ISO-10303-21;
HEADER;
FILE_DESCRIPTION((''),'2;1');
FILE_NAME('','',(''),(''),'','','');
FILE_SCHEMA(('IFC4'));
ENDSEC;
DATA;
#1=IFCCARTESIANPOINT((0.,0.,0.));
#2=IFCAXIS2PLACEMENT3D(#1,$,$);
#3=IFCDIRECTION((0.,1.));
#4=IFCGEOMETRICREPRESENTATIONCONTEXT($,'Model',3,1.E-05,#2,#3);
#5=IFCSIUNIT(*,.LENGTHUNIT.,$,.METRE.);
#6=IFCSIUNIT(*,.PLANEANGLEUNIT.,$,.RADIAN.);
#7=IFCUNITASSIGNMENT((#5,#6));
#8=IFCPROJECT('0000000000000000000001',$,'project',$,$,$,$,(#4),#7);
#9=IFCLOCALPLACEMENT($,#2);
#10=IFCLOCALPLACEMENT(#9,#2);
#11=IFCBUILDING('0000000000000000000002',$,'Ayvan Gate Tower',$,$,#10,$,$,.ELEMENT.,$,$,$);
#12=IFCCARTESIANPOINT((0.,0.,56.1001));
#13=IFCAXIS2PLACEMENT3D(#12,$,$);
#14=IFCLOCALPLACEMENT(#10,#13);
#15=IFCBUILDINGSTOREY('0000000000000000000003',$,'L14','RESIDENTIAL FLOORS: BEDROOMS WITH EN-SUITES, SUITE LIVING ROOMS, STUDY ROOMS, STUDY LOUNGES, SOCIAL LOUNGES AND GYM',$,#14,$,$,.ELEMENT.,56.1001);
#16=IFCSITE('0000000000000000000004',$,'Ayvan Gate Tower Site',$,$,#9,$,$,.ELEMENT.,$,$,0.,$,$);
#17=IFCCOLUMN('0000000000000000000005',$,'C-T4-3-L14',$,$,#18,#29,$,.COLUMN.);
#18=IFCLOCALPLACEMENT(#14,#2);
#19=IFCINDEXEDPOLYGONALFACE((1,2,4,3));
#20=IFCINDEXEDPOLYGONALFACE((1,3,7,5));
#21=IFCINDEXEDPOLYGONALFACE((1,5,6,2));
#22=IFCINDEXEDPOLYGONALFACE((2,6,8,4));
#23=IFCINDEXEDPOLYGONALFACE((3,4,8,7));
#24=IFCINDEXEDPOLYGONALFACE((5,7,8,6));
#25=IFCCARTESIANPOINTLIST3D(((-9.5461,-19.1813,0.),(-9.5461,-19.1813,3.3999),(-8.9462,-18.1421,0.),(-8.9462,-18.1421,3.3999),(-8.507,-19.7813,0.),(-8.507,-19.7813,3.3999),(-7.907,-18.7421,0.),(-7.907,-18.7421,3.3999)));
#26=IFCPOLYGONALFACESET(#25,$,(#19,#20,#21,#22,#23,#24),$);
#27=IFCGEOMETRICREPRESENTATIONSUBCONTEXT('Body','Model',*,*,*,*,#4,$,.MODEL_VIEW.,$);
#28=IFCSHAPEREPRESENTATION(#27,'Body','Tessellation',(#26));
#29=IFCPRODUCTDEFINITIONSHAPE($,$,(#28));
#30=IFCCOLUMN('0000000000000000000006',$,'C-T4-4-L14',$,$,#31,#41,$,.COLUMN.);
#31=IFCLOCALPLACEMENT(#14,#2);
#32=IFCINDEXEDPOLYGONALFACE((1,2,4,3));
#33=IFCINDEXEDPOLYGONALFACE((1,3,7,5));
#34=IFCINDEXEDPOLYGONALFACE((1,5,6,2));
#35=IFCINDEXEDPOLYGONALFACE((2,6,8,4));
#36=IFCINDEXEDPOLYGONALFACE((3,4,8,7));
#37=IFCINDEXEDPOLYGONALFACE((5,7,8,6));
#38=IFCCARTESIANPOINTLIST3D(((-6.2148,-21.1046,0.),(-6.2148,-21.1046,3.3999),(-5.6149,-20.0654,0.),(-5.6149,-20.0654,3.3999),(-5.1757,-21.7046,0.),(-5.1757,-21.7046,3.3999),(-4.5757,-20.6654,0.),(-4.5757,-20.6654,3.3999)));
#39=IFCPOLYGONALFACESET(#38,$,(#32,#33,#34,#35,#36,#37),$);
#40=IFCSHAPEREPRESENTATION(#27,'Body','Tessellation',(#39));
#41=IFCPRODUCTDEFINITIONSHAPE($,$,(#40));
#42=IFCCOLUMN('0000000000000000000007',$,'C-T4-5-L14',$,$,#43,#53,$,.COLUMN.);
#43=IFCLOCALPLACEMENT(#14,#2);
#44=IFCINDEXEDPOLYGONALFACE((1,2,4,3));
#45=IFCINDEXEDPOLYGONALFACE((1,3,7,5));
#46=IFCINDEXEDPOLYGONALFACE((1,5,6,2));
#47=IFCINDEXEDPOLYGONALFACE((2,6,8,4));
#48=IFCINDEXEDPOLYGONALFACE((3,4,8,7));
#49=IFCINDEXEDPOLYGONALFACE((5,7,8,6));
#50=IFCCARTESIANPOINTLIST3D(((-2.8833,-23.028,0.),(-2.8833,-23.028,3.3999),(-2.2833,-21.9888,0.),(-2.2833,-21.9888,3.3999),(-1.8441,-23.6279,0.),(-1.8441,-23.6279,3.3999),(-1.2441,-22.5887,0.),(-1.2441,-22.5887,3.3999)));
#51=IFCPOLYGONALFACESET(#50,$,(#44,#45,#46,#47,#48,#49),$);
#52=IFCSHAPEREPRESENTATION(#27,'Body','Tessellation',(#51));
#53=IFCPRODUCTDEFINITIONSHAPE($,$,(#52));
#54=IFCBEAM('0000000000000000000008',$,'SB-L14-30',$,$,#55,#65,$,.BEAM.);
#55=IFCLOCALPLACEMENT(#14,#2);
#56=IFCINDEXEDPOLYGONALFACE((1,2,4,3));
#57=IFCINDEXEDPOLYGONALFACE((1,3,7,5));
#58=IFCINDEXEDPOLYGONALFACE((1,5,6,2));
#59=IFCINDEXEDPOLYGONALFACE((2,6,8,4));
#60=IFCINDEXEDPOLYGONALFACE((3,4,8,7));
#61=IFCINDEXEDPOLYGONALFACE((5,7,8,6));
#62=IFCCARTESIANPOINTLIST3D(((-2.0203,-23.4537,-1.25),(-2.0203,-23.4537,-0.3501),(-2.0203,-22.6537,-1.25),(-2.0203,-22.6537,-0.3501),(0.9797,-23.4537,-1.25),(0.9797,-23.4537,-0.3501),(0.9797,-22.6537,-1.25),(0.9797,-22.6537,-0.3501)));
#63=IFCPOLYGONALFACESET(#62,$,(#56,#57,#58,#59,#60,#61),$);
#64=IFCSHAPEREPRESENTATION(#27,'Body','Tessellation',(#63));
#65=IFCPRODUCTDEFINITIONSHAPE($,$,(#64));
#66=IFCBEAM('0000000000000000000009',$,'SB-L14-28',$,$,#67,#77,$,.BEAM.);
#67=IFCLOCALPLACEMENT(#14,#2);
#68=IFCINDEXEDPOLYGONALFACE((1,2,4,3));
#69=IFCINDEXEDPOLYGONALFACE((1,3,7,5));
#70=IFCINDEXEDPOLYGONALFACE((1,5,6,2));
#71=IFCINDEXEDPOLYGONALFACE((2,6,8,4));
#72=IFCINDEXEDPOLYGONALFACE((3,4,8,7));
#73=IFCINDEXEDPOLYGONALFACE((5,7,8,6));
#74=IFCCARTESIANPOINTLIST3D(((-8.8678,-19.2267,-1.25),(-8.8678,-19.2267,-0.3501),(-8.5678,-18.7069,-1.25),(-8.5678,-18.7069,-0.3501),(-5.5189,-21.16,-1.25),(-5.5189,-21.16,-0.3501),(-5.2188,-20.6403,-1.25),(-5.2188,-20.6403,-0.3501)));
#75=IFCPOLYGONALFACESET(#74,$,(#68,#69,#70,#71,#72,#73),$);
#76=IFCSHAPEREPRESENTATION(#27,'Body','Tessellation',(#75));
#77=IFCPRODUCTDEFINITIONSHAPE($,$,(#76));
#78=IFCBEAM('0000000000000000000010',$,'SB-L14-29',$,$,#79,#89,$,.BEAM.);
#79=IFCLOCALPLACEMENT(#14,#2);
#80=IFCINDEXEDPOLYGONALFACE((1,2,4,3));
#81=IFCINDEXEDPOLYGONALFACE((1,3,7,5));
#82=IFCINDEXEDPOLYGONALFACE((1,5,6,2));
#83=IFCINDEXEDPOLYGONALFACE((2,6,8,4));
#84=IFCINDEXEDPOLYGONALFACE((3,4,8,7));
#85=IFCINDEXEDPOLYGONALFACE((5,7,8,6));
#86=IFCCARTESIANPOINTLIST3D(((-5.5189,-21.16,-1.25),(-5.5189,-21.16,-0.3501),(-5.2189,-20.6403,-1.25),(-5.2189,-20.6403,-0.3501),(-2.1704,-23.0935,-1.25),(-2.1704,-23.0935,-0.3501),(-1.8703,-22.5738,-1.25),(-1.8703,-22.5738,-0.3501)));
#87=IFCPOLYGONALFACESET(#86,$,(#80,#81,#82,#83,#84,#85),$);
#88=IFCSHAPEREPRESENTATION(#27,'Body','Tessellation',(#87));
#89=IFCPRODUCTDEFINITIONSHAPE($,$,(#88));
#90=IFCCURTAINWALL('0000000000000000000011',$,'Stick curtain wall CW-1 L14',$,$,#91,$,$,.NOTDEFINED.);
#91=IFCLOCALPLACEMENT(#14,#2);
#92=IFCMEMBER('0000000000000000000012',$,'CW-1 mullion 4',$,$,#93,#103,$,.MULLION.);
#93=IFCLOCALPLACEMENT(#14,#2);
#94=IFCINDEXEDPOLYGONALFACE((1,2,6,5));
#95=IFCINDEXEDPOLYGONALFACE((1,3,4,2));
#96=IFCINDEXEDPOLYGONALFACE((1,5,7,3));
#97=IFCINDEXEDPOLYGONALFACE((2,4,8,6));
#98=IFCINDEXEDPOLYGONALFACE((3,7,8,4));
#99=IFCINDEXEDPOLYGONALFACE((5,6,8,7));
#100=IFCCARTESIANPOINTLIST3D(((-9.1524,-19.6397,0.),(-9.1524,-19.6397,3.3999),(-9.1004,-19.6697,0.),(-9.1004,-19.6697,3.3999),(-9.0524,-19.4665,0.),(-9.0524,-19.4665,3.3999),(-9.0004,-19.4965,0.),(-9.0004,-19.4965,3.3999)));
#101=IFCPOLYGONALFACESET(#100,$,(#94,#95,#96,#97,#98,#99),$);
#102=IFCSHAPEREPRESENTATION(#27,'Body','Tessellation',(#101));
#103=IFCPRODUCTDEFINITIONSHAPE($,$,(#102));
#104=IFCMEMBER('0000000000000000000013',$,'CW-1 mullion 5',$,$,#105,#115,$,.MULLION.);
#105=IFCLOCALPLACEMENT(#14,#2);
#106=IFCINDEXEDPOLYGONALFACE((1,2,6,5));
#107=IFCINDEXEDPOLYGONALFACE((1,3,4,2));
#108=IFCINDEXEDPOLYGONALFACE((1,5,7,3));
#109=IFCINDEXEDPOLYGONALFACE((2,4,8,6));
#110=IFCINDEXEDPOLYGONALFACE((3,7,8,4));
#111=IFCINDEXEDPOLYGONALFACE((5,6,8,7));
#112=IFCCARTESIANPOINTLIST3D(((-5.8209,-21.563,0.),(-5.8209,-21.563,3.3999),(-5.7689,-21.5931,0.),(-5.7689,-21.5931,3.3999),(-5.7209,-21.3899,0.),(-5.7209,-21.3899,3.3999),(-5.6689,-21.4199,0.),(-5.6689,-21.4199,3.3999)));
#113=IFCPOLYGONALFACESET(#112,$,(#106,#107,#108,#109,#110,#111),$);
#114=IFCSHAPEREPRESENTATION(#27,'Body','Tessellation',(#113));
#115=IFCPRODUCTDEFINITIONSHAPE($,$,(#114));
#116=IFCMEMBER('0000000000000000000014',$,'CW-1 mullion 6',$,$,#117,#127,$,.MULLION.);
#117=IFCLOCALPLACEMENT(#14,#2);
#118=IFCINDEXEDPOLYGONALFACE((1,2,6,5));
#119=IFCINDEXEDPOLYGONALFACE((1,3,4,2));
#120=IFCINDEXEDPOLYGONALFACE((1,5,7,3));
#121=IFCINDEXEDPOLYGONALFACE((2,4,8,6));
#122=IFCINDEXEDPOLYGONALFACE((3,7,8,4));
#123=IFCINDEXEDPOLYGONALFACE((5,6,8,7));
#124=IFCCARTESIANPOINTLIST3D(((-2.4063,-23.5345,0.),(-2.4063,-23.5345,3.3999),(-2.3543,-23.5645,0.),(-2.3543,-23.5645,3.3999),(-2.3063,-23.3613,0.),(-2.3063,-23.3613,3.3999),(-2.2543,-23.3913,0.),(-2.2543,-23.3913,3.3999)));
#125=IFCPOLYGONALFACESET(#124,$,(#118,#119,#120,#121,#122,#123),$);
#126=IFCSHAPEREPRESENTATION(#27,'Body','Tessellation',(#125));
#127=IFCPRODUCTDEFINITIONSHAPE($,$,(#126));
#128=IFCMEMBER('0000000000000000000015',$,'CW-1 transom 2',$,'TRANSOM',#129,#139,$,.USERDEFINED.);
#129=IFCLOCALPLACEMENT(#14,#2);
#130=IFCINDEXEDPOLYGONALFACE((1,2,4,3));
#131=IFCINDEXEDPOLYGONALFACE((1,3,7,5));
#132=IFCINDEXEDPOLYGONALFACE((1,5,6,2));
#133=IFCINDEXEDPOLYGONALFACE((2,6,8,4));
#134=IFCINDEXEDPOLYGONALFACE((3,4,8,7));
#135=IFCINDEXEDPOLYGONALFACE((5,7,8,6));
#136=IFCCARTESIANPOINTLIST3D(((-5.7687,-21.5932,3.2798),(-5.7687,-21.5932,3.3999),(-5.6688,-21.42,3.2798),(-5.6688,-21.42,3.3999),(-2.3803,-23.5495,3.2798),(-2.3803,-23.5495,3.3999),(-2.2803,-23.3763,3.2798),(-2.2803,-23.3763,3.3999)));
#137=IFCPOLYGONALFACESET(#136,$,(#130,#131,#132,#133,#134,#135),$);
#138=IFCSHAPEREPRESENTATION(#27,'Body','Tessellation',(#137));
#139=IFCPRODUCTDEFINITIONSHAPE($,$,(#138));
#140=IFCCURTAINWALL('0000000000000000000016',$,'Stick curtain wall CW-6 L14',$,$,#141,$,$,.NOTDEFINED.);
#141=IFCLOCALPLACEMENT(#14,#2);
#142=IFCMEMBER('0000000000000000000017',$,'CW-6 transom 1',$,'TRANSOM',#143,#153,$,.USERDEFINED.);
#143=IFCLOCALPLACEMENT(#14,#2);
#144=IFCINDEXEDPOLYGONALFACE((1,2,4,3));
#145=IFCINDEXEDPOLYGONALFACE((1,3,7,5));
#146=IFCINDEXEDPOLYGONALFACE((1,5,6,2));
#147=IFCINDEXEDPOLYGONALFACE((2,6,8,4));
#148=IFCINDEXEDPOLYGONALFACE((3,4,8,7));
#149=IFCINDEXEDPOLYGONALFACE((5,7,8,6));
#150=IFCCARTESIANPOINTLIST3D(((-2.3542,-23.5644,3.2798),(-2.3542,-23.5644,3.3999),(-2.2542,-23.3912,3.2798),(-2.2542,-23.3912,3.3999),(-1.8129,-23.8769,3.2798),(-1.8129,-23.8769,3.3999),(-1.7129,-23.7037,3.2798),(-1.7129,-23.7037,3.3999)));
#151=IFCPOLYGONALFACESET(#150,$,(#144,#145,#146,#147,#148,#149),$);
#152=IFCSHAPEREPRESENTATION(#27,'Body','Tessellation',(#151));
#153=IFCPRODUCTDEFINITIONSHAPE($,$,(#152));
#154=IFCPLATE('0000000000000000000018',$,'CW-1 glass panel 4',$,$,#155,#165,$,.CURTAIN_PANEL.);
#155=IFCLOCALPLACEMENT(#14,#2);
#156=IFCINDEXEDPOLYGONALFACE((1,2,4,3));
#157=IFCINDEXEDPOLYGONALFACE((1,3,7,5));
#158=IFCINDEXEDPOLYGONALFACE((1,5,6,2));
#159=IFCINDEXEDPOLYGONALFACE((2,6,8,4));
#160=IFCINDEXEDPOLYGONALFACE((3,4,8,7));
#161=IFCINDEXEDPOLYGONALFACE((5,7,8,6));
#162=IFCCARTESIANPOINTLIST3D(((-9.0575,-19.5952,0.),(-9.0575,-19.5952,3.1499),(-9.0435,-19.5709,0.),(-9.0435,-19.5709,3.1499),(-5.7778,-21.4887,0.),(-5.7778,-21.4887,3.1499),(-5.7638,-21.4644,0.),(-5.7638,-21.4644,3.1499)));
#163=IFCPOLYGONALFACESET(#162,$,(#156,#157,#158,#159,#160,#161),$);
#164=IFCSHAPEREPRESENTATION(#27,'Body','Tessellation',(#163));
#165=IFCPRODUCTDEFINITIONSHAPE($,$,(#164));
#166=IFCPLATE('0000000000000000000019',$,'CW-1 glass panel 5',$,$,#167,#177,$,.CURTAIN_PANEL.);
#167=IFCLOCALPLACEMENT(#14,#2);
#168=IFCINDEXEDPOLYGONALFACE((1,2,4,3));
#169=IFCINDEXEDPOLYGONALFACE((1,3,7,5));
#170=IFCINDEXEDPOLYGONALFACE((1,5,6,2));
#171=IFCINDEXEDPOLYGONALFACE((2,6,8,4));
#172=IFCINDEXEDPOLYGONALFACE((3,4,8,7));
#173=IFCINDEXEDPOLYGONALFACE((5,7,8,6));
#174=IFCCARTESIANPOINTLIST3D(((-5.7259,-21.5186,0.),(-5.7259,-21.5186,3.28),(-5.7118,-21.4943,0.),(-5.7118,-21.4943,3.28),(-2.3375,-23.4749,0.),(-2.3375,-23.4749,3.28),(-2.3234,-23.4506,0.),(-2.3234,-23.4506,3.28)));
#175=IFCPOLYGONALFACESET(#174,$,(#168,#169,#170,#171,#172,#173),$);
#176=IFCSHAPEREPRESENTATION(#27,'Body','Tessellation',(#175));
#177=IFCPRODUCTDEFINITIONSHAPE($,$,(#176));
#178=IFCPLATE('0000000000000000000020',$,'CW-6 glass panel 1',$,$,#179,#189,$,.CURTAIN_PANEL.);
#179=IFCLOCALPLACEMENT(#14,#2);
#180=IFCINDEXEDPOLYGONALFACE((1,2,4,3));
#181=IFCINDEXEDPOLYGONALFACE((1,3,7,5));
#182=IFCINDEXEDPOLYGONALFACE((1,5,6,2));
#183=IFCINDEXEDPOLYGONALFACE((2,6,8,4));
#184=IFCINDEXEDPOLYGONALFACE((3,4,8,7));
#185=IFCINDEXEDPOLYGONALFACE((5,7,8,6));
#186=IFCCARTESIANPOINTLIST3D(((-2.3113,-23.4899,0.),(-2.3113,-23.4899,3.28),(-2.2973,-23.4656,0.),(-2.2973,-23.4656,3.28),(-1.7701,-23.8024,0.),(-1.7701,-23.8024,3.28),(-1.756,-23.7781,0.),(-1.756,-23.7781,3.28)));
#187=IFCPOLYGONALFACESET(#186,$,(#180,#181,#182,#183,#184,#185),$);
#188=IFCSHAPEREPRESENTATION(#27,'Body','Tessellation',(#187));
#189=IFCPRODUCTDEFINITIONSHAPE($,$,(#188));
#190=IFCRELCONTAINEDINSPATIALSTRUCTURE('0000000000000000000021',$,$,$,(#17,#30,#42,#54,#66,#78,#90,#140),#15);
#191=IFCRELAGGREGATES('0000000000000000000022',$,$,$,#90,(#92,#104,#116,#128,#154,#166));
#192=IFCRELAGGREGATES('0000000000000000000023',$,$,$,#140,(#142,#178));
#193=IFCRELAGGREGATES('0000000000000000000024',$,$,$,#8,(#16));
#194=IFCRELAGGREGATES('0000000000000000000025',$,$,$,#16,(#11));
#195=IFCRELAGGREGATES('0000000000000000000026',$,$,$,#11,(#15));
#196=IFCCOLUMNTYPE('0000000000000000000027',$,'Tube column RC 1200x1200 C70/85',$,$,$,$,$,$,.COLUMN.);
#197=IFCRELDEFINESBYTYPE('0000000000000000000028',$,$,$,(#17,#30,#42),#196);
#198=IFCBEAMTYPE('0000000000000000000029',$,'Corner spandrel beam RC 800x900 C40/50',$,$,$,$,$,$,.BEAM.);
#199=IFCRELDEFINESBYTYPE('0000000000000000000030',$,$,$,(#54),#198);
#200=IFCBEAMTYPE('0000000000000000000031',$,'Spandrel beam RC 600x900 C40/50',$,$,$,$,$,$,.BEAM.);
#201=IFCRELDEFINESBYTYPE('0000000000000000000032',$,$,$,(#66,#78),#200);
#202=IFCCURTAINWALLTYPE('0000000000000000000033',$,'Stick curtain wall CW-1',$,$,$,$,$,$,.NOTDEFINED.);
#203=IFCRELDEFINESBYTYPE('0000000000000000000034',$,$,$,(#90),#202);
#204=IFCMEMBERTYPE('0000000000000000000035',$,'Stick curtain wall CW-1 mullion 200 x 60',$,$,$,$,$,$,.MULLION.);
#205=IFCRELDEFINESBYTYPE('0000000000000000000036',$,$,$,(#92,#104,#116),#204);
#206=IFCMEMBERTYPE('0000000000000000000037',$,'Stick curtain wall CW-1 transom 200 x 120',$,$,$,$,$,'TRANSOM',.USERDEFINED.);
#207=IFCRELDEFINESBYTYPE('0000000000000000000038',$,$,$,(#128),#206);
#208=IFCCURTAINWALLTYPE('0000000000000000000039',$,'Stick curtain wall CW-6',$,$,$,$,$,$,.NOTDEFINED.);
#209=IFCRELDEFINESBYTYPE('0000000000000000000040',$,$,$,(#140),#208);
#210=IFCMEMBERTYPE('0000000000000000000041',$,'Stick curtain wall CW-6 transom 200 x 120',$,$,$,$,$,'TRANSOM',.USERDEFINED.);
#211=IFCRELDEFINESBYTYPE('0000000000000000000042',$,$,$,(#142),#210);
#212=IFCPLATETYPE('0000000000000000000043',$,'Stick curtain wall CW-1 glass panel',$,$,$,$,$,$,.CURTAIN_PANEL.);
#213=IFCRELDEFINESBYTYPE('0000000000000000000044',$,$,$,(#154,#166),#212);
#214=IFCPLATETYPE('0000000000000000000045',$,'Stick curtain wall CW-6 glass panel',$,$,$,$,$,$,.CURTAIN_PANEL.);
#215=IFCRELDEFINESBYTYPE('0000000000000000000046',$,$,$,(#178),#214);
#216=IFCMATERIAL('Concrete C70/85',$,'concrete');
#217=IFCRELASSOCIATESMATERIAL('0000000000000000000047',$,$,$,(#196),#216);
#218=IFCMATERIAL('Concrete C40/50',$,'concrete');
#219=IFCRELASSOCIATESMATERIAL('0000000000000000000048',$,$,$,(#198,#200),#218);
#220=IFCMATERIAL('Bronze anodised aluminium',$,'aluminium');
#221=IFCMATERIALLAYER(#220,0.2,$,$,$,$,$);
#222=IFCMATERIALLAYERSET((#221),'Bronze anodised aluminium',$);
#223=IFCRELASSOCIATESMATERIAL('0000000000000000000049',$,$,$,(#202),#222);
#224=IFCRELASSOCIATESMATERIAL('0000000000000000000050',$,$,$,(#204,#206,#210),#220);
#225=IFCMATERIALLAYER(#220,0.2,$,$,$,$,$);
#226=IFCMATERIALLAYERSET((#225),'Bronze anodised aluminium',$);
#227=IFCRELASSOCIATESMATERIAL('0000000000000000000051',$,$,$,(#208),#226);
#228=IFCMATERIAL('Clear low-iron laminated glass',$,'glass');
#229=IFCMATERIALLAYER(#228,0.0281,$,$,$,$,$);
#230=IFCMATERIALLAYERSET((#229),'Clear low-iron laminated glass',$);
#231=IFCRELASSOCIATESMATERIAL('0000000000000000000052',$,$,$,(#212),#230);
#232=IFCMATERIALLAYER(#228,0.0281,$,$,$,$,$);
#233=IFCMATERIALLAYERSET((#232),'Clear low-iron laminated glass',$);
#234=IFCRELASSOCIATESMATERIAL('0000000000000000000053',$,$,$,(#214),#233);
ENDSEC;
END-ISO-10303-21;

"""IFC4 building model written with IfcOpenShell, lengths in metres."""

from ifc_helpers import new_model, si_unit, direction, frame, origin, origin_2d, place, context, subcontext, project, spatial, rectangle, extrude, material, layer, layer_set, material_profile, profile_set, type_object, element, aggregate, save


model = new_model("IFC4")

# Units and contexts
model_context = context("Model", 3, precision=1e-05, world=origin(), true_north=direction((0.0, 1.0)))
body_context = subcontext(model_context, "Body", "Model", "MODEL_VIEW")
ifc_project = project(units=[si_unit("LENGTHUNIT", "METRE"), si_unit("PLANEANGLEUNIT", "RADIAN")], contexts=[model_context])

# Site, building, storey
site_placement = place(None, origin())
site = spatial("IfcSite", under=ifc_project, at=site_placement, Name="Ayvan Gate Tower Site", CompositionType="ELEMENT", RefElevation=0.0)
building_placement = place(site_placement, origin())
building = spatial("IfcBuilding", under=site, at=building_placement, Name="Ayvan Gate Tower", CompositionType="ELEMENT")
storey_placement = place(building_placement, frame((0.0, 0.0, 56.1001)))
storey = spatial("IfcBuildingStorey", under=building, at=storey_placement, Name="L14", Description="RESIDENTIAL FLOORS: BEDROOMS WITH EN-SUITES, SUITE LIVING ROOMS, STUDY ROOMS, STUDY LOUNGES, SOCIAL LOUNGES AND GYM", CompositionType="ELEMENT", Elevation=56.1001)

# Columns
ifc_material_1 = material(Name="Concrete C70/85", Category="concrete")
ifc_material_profile_1 = material_profile(ifc_material_1, rectangle(XDim=1.2, YDim=1.2, at=origin_2d()), Name="RC 1200x1200")
ifc_profile_set_1 = profile_set([ifc_material_profile_1], Name="Concrete C70/85")
column_type = type_object("IfcColumnType", Name="Tube column RC 1200x1200 C70/85", PredefinedType="COLUMN", material=ifc_profile_set_1)
for number, where, z_axis, x_axis, name in (
    (1, (-8.7266, -18.9617, 0.0), (0.0, 0.0, 1.0), (-0.5, -0.866025, 0.0), "C-T4-3-L14"),
    (2, (-5.3953, -20.885, 0.0), (0.0, 0.0, 1.0), (-0.5, -0.866025, 0.0), "C-T4-4-L14"),
    (3, (-2.0637, -22.8083, 0.0), (0.0, 0.0, 1.0), (-0.5, -0.866025, 0.0), "C-T4-5-L14"),
):
    element("IfcColumn", number, at=place(storey_placement, frame(where, z_axis=z_axis, x_axis=x_axis)), inside=storey, type_object=column_type, Name=name, PredefinedType="COLUMN", context=body_context, shape_type="SweptSolid", body=[
        extrude(rectangle(XDim=1.2, YDim=1.2, at=origin_2d()), origin(), (0.0, 0.0, 1.0), 3.3999),
    ])

# Beams
ifc_material_2 = material(Name="Concrete C40/50", Category="concrete")
ifc_material_profile_2 = material_profile(ifc_material_2, rectangle(XDim=0.8, YDim=0.8999, at=origin_2d()), Name="RC 800x900")
ifc_profile_set_2 = profile_set([ifc_material_profile_2], Name="Concrete C40/50")
beam_type_1 = type_object("IfcBeamType", Name="Corner spandrel beam RC 800x900 C40/50", PredefinedType="BEAM", material=ifc_profile_set_2)
beam_1_placement = place(storey_placement, frame((-2.0203, -23.0537, -0.8), z_axis=(1.0, 0.0, 0.0), x_axis=(0.0, 1.0, 0.0)))
element("IfcBeam", 4, at=beam_1_placement, inside=storey, type_object=beam_type_1, Name="SB-L14-30", PredefinedType="BEAM", context=body_context, shape_type="SweptSolid", body=[
    extrude(rectangle(XDim=0.8, YDim=0.8999, at=origin_2d()), origin(), (0.0, 0.0, 1.0), 3.0),
])
ifc_material_profile_3 = material_profile(ifc_material_2, rectangle(XDim=0.6001, YDim=0.8999, at=origin_2d()), Name="RC 600x900")
ifc_profile_set_3 = profile_set([ifc_material_profile_3], Name="Concrete C40/50")
beam_type_2 = type_object("IfcBeamType", Name="Spandrel beam RC 600x900 C40/50", PredefinedType="BEAM", material=ifc_profile_set_3)
beam_2_placement = place(storey_placement, frame((-8.7178, -18.9668, -0.8), z_axis=(0.866039, -0.499976, 0.0), x_axis=(0.499976, 0.866039, 0.0)))
element("IfcBeam", 5, at=beam_2_placement, inside=storey, type_object=beam_type_2, Name="SB-L14-28", PredefinedType="BEAM", context=body_context, shape_type="SweptSolid", body=[
    extrude(rectangle(XDim=0.6001, YDim=0.8999, at=origin_2d()), origin(), (0.0, 0.0, 1.0), 3.8669),
])
beam_3_placement = place(storey_placement, frame((-5.3689, -20.9001, -0.8), z_axis=(0.865996, -0.50005, 0.0), x_axis=(0.50005, 0.865996, 0.0)))
element("IfcBeam", 6, at=beam_3_placement, inside=storey, type_object=beam_type_2, Name="SB-L14-29", PredefinedType="BEAM", context=body_context, shape_type="SweptSolid", body=[
    extrude(rectangle(XDim=0.6001, YDim=0.8999, at=origin_2d()), origin(), (0.0, 0.0, 1.0), 3.8667),
])

# Curtain wall, members
ifc_material_3 = material(Name="Bronze anodised aluminium", Category="aluminium")
ifc_layer_1 = layer(ifc_material_3, 0.2)
ifc_layer_set_1 = layer_set([ifc_layer_1], Name="Bronze anodised aluminium")
curtain_wall_type_1 = type_object("IfcCurtainWallType", Name="Stick curtain wall CW-1", PredefinedType="NOTDEFINED", material=ifc_layer_set_1)
curtain_wall_1_placement = place(storey_placement, origin())
curtain_wall_1 = element("IfcCurtainWall", 7, at=curtain_wall_1_placement, inside=storey, type_object=curtain_wall_type_1, Name="Stick curtain wall CW-1 L14", PredefinedType="NOTDEFINED")
ifc_material_profile_4 = material_profile(ifc_material_3, rectangle(XDim=0.2, YDim=0.0601, at=origin_2d()), Name="Stick curtain wall CW-1 mullion 200 x 60")
ifc_profile_set_4 = profile_set([ifc_material_profile_4], Name="Bronze anodised aluminium")
member_type_1 = type_object("IfcMemberType", Name="Stick curtain wall CW-1 mullion 200 x 60", PredefinedType="MULLION", material=ifc_profile_set_4)
member_1_placement = place(storey_placement, frame((-9.0764, -19.5681, 0.0), z_axis=(0.0, 0.0, 1.0), x_axis=(-0.5, -0.866025, 0.0)))
member_1 = element("IfcMember", 8, at=member_1_placement, type_object=member_type_1, Name="CW-1 mullion 4", PredefinedType="MULLION", context=body_context, shape_type="SweptSolid", body=[
    extrude(rectangle(XDim=0.2, YDim=0.0601, at=origin_2d()), origin(), (0.0, 0.0, 1.0), 3.3999),
])
member_2_placement = place(storey_placement, frame((-5.7449, -21.4915, 0.0), z_axis=(0.0, 0.0, 1.0), x_axis=(-0.5, -0.866025, 0.0)))
member_2 = element("IfcMember", 9, at=member_2_placement, type_object=member_type_1, Name="CW-1 mullion 5", PredefinedType="MULLION", context=body_context, shape_type="SweptSolid", body=[
    extrude(rectangle(XDim=0.2, YDim=0.0601, at=origin_2d()), origin(), (0.0, 0.0, 1.0), 3.3999),
])
member_3_placement = place(storey_placement, frame((-2.3303, -23.4629, 0.0), z_axis=(0.0, 0.0, 1.0), x_axis=(-0.5, -0.866025, 0.0)))
member_3 = element("IfcMember", 10, at=member_3_placement, type_object=member_type_1, Name="CW-1 mullion 6", PredefinedType="MULLION", context=body_context, shape_type="SweptSolid", body=[
    extrude(rectangle(XDim=0.2, YDim=0.0601, at=origin_2d()), origin(), (0.0, 0.0, 1.0), 3.3999),
])
ifc_material_profile_5 = material_profile(ifc_material_3, rectangle(XDim=0.2, YDim=0.1201, at=origin_2d()), Name="Stick curtain wall CW-1 transom 200 x 120")
ifc_profile_set_5 = profile_set([ifc_material_profile_5], Name="Bronze anodised aluminium")
member_type_2 = type_object("IfcMemberType", Name="Stick curtain wall CW-1 transom 200 x 120", ElementType="TRANSOM", PredefinedType="USERDEFINED", material=ifc_profile_set_5)
member_4_placement = place(storey_placement, frame((-5.7188, -21.5066, 3.3398), z_axis=(0.866027, -0.499998, 0.0), x_axis=(0.499998, 0.866027, 0.0)))
member_4 = element("IfcMember", 11, at=member_4_placement, type_object=member_type_2, Name="CW-1 transom 2", ObjectType="TRANSOM", PredefinedType="USERDEFINED", context=body_context, shape_type="SweptSolid", body=[
    extrude(rectangle(XDim=0.2, YDim=0.1201, at=origin_2d()), origin(), (0.0, 0.0, 1.0), 3.9126),
])

# Curtain wall, member
ifc_layer_2 = layer(ifc_material_3, 0.2)
ifc_layer_set_2 = layer_set([ifc_layer_2], Name="Bronze anodised aluminium")
curtain_wall_type_2 = type_object("IfcCurtainWallType", Name="Stick curtain wall CW-6", PredefinedType="NOTDEFINED", material=ifc_layer_set_2)
curtain_wall_2_placement = place(storey_placement, origin())
curtain_wall_2 = element("IfcCurtainWall", 12, at=curtain_wall_2_placement, inside=storey, type_object=curtain_wall_type_2, Name="Stick curtain wall CW-6 L14", PredefinedType="NOTDEFINED")
ifc_material_profile_6 = material_profile(ifc_material_3, rectangle(XDim=0.2, YDim=0.1201, at=origin_2d()), Name="Stick curtain wall CW-6 transom 200 x 120")
ifc_profile_set_6 = profile_set([ifc_material_profile_6], Name="Bronze anodised aluminium")
member_type_3 = type_object("IfcMemberType", Name="Stick curtain wall CW-6 transom 200 x 120", ElementType="TRANSOM", PredefinedType="USERDEFINED", material=ifc_profile_set_6)
member_5_placement = place(storey_placement, frame((-2.3042, -23.4778, 3.3398), z_axis=(0.866023, -0.500004, 0.0), x_axis=(0.500004, 0.866023, 0.0)))
member_5 = element("IfcMember", 13, at=member_5_placement, type_object=member_type_3, Name="CW-6 transom 1", ObjectType="TRANSOM", PredefinedType="USERDEFINED", context=body_context, shape_type="SweptSolid", body=[
    extrude(rectangle(XDim=0.2, YDim=0.1201, at=origin_2d()), origin(), (0.0, 0.0, 1.0), 0.625),
])

# Plates
ifc_material_4 = material(Name="Clear low-iron laminated glass", Category="glass")
ifc_layer_3 = layer(ifc_material_4, 0.0281)
ifc_layer_set_3 = layer_set([ifc_layer_3], Name="Clear low-iron laminated glass")
plate_type_1 = type_object("IfcPlateType", Name="Stick curtain wall CW-1 glass panel", PredefinedType="CURTAIN_PANEL", material=ifc_layer_set_3)
plate_1_placement = place(storey_placement, frame((-7.4106, -20.5298, 0.0), z_axis=(0.0, 0.0, 1.0), x_axis=(0.866025, -0.5, 0.0)))
plate_1 = element("IfcPlate", 14, at=plate_1_placement, type_object=plate_type_1, Name="CW-1 glass panel 4", PredefinedType="CURTAIN_PANEL", context=body_context, shape_type="SweptSolid", body=[
    extrude(rectangle(XDim=3.7871, YDim=0.0281, at=origin_2d()), origin(), (0.0, 0.0, 1.0), 3.1499),
])
plate_2_placement = place(storey_placement, frame((-4.0247, -22.4846, 0.0), z_axis=(0.0, 0.0, 1.0), x_axis=(0.866025, -0.5, 0.0)))
plate_2 = element("IfcPlate", 15, at=plate_2_placement, type_object=plate_type_1, Name="CW-1 glass panel 5", PredefinedType="CURTAIN_PANEL", context=body_context, shape_type="SweptSolid", body=[
    extrude(rectangle(XDim=3.9126, YDim=0.0281, at=origin_2d()), origin(), (0.0, 0.0, 1.0), 3.28),
])
aggregate(curtain_wall_1, [member_1, member_2, member_3, member_4, plate_1, plate_2])
ifc_layer_4 = layer(ifc_material_4, 0.0281)
ifc_layer_set_4 = layer_set([ifc_layer_4], Name="Clear low-iron laminated glass")
plate_type_2 = type_object("IfcPlateType", Name="Stick curtain wall CW-6 glass panel", PredefinedType="CURTAIN_PANEL", material=ifc_layer_set_4)
plate_3_placement = place(storey_placement, frame((-2.0337, -23.634, 0.0), z_axis=(0.0, 0.0, 1.0), x_axis=(0.866025, -0.5, 0.0)))
plate_3 = element("IfcPlate", 16, at=plate_3_placement, type_object=plate_type_2, Name="CW-6 glass panel 1", PredefinedType="CURTAIN_PANEL", context=body_context, shape_type="SweptSolid", body=[
    extrude(rectangle(XDim=0.625, YDim=0.0281, at=origin_2d()), origin(), (0.0, 0.0, 1.0), 3.28),
])
aggregate(curtain_wall_2, [member_5, plate_3])

save(model, "model.ifc")
